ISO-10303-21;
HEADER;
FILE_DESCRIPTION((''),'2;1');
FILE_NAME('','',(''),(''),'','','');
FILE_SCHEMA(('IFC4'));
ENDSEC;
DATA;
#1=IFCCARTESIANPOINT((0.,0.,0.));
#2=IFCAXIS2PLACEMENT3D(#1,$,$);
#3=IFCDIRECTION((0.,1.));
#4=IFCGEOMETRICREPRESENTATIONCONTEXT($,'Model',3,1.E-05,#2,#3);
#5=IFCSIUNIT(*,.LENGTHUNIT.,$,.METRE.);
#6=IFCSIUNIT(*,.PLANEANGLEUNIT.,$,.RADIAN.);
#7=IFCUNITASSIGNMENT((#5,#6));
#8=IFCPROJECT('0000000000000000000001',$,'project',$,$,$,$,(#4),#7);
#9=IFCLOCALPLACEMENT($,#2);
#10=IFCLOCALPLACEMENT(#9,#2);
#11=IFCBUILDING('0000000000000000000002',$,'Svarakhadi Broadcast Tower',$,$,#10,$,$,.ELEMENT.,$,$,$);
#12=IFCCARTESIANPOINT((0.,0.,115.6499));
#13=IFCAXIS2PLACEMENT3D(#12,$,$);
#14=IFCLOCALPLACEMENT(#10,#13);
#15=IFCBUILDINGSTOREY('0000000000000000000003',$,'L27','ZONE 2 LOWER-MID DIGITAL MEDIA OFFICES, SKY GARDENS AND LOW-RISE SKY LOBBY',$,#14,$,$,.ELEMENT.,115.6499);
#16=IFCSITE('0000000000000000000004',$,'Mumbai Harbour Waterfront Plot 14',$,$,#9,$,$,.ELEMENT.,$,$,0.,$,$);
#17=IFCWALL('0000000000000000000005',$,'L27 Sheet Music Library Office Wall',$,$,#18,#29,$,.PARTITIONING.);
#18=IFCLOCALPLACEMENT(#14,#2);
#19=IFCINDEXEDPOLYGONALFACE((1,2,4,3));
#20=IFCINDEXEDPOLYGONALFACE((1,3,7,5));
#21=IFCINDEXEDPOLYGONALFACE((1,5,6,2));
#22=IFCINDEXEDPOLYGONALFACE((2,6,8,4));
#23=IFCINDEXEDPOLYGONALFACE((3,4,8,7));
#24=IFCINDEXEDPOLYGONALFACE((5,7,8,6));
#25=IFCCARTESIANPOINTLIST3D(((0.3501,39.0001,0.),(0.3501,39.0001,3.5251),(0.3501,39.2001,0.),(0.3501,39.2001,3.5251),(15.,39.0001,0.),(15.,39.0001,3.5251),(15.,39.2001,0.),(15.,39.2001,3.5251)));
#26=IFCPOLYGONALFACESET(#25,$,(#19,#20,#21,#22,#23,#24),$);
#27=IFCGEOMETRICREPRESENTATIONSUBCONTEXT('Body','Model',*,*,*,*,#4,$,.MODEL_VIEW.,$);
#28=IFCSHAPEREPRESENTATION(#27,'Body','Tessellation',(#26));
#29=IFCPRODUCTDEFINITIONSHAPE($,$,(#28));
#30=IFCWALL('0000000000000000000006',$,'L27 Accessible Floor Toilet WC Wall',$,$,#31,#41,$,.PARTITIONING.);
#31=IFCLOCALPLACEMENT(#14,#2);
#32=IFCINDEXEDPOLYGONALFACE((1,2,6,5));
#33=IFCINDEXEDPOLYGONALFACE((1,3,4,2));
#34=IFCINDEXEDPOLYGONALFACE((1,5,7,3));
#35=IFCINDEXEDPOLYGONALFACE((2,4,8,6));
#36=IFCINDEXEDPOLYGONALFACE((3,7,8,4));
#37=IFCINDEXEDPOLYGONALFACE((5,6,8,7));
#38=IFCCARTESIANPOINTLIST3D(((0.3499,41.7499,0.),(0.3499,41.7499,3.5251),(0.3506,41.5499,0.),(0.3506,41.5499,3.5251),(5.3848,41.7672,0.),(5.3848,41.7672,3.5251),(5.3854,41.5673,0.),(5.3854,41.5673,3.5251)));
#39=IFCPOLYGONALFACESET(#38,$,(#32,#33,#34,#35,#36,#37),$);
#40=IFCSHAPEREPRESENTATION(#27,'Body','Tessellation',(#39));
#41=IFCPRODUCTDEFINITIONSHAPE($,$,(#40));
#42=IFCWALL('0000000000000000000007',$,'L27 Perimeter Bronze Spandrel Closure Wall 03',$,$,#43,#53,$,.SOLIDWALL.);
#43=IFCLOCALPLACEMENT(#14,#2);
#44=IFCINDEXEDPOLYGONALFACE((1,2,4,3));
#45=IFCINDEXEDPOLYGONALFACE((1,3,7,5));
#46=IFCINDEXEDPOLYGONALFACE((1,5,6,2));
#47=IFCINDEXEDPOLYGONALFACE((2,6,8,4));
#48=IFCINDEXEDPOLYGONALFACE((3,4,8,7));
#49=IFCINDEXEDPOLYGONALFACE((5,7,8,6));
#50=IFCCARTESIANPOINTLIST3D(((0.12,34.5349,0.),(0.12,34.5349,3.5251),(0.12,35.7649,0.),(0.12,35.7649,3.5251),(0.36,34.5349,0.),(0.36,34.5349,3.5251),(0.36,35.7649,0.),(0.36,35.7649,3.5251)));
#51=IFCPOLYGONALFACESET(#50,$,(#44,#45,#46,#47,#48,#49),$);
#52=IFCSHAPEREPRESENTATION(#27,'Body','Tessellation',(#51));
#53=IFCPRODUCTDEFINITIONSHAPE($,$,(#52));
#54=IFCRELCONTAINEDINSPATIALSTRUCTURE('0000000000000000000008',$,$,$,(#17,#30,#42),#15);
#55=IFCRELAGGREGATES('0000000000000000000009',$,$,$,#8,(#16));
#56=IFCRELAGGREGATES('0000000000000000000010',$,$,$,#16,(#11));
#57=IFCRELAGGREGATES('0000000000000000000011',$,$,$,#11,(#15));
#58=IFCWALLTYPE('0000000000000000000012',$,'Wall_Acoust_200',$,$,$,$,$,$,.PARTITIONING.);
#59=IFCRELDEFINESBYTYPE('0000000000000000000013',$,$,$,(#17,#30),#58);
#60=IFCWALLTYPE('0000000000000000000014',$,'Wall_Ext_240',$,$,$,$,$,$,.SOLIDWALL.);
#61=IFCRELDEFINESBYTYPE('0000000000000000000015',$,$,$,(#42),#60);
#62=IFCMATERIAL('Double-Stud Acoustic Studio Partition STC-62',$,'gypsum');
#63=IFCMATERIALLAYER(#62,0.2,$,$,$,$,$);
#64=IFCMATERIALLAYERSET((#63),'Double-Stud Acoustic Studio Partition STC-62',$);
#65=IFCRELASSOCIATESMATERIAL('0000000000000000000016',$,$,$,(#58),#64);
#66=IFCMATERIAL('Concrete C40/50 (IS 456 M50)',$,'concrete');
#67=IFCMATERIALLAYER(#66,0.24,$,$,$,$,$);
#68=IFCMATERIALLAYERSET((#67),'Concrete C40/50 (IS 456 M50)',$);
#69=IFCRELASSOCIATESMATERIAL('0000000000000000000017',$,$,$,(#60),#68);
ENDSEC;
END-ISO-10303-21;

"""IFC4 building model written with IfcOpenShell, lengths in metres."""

from ifc_helpers import new_model, si_unit, direction, frame, frame_2d, origin, place, context, subcontext, project, spatial, rectangle, extrude, material, layer, layer_set, type_object, element, save


model = new_model("IFC4")

# Units and contexts
model_context = context("Model", 3, precision=1e-05, world=origin(), true_north=direction((0.0, 1.0)))
body_context = subcontext(model_context, "Body", "Model", "MODEL_VIEW")
ifc_project = project(units=[si_unit("LENGTHUNIT", "METRE"), si_unit("PLANEANGLEUNIT", "RADIAN")], contexts=[model_context])

# Site, building, storey
site_placement = place(None, origin())
site = spatial("IfcSite", under=ifc_project, at=site_placement, Name="Mumbai Harbour Waterfront Plot 14", CompositionType="ELEMENT", RefElevation=0.0)
building_placement = place(site_placement, origin())
building = spatial("IfcBuilding", under=site, at=building_placement, Name="Svarakhadi Broadcast Tower", CompositionType="ELEMENT")
storey_placement = place(building_placement, frame((0.0, 0.0, 115.6499)))
storey = spatial("IfcBuildingStorey", under=building, at=storey_placement, Name="L27", Description="ZONE 2 LOWER-MID DIGITAL MEDIA OFFICES, SKY GARDENS AND LOW-RISE SKY LOBBY", CompositionType="ELEMENT", Elevation=115.6499)

# Walls
ifc_material_1 = material(Name="Double-Stud Acoustic Studio Partition STC-62", Category="gypsum")
ifc_layer_1 = layer(ifc_material_1, 0.2)
ifc_layer_set_1 = layer_set([ifc_layer_1], Name="Double-Stud Acoustic Studio Partition STC-62")
wall_type_1 = type_object("IfcWallType", Name="Wall_Acoust_200", PredefinedType="PARTITIONING", material=ifc_layer_set_1)
wall_1_placement = place(storey_placement, frame((0.3501, 39.1001, 0.0), z_axis=(0.0, 0.0, 1.0), x_axis=(1.0, 0.0, 0.0)))
element("IfcWall", 1, at=wall_1_placement, inside=storey, type_object=wall_type_1, Name="L27 Sheet Music Library Office Wall", PredefinedType="PARTITIONING", context=body_context, shape_type="SweptSolid", body=[
    extrude(rectangle(XDim=14.6499, YDim=0.2, at=frame_2d((7.325, 0.0))), origin(), (0.0, 0.0, 1.0), 3.5251),
])
wall_2_placement = place(storey_placement, frame((0.3501, 41.6499, 0.0), z_axis=(0.0, 0.0, 1.0), x_axis=(0.999994, 0.003443, 0.0)))
element("IfcWall", 2, at=wall_2_placement, inside=storey, type_object=wall_type_1, Name="L27 Accessible Floor Toilet WC Wall", PredefinedType="PARTITIONING", context=body_context, shape_type="SweptSolid", body=[
    extrude(rectangle(XDim=5.0349, YDim=0.2, at=frame_2d((2.5176, 0.0))), origin(), (0.0, 0.0, 1.0), 3.5251),
])
ifc_material_2 = material(Name="Concrete C40/50 (IS 456 M50)", Category="concrete")
ifc_layer_2 = layer(ifc_material_2, 0.24)
ifc_layer_set_2 = layer_set([ifc_layer_2], Name="Concrete C40/50 (IS 456 M50)")
wall_type_2 = type_object("IfcWallType", Name="Wall_Ext_240", PredefinedType="SOLIDWALL", material=ifc_layer_set_2)
wall_3_placement = place(storey_placement, frame((0.24, 34.5349, 0.0), z_axis=(0.0, 0.0, 1.0), x_axis=(0.0, 1.0, 0.0)))
element("IfcWall", 3, at=wall_3_placement, inside=storey, type_object=wall_type_2, Name="L27 Perimeter Bronze Spandrel Closure Wall 03", PredefinedType="SOLIDWALL", context=body_context, shape_type="SweptSolid", body=[
    extrude(rectangle(XDim=1.23, YDim=0.24, at=frame_2d((0.615, 0.0))), origin(), (0.0, 0.0, 1.0), 3.5251),
])

save(model, "model.ifc")
